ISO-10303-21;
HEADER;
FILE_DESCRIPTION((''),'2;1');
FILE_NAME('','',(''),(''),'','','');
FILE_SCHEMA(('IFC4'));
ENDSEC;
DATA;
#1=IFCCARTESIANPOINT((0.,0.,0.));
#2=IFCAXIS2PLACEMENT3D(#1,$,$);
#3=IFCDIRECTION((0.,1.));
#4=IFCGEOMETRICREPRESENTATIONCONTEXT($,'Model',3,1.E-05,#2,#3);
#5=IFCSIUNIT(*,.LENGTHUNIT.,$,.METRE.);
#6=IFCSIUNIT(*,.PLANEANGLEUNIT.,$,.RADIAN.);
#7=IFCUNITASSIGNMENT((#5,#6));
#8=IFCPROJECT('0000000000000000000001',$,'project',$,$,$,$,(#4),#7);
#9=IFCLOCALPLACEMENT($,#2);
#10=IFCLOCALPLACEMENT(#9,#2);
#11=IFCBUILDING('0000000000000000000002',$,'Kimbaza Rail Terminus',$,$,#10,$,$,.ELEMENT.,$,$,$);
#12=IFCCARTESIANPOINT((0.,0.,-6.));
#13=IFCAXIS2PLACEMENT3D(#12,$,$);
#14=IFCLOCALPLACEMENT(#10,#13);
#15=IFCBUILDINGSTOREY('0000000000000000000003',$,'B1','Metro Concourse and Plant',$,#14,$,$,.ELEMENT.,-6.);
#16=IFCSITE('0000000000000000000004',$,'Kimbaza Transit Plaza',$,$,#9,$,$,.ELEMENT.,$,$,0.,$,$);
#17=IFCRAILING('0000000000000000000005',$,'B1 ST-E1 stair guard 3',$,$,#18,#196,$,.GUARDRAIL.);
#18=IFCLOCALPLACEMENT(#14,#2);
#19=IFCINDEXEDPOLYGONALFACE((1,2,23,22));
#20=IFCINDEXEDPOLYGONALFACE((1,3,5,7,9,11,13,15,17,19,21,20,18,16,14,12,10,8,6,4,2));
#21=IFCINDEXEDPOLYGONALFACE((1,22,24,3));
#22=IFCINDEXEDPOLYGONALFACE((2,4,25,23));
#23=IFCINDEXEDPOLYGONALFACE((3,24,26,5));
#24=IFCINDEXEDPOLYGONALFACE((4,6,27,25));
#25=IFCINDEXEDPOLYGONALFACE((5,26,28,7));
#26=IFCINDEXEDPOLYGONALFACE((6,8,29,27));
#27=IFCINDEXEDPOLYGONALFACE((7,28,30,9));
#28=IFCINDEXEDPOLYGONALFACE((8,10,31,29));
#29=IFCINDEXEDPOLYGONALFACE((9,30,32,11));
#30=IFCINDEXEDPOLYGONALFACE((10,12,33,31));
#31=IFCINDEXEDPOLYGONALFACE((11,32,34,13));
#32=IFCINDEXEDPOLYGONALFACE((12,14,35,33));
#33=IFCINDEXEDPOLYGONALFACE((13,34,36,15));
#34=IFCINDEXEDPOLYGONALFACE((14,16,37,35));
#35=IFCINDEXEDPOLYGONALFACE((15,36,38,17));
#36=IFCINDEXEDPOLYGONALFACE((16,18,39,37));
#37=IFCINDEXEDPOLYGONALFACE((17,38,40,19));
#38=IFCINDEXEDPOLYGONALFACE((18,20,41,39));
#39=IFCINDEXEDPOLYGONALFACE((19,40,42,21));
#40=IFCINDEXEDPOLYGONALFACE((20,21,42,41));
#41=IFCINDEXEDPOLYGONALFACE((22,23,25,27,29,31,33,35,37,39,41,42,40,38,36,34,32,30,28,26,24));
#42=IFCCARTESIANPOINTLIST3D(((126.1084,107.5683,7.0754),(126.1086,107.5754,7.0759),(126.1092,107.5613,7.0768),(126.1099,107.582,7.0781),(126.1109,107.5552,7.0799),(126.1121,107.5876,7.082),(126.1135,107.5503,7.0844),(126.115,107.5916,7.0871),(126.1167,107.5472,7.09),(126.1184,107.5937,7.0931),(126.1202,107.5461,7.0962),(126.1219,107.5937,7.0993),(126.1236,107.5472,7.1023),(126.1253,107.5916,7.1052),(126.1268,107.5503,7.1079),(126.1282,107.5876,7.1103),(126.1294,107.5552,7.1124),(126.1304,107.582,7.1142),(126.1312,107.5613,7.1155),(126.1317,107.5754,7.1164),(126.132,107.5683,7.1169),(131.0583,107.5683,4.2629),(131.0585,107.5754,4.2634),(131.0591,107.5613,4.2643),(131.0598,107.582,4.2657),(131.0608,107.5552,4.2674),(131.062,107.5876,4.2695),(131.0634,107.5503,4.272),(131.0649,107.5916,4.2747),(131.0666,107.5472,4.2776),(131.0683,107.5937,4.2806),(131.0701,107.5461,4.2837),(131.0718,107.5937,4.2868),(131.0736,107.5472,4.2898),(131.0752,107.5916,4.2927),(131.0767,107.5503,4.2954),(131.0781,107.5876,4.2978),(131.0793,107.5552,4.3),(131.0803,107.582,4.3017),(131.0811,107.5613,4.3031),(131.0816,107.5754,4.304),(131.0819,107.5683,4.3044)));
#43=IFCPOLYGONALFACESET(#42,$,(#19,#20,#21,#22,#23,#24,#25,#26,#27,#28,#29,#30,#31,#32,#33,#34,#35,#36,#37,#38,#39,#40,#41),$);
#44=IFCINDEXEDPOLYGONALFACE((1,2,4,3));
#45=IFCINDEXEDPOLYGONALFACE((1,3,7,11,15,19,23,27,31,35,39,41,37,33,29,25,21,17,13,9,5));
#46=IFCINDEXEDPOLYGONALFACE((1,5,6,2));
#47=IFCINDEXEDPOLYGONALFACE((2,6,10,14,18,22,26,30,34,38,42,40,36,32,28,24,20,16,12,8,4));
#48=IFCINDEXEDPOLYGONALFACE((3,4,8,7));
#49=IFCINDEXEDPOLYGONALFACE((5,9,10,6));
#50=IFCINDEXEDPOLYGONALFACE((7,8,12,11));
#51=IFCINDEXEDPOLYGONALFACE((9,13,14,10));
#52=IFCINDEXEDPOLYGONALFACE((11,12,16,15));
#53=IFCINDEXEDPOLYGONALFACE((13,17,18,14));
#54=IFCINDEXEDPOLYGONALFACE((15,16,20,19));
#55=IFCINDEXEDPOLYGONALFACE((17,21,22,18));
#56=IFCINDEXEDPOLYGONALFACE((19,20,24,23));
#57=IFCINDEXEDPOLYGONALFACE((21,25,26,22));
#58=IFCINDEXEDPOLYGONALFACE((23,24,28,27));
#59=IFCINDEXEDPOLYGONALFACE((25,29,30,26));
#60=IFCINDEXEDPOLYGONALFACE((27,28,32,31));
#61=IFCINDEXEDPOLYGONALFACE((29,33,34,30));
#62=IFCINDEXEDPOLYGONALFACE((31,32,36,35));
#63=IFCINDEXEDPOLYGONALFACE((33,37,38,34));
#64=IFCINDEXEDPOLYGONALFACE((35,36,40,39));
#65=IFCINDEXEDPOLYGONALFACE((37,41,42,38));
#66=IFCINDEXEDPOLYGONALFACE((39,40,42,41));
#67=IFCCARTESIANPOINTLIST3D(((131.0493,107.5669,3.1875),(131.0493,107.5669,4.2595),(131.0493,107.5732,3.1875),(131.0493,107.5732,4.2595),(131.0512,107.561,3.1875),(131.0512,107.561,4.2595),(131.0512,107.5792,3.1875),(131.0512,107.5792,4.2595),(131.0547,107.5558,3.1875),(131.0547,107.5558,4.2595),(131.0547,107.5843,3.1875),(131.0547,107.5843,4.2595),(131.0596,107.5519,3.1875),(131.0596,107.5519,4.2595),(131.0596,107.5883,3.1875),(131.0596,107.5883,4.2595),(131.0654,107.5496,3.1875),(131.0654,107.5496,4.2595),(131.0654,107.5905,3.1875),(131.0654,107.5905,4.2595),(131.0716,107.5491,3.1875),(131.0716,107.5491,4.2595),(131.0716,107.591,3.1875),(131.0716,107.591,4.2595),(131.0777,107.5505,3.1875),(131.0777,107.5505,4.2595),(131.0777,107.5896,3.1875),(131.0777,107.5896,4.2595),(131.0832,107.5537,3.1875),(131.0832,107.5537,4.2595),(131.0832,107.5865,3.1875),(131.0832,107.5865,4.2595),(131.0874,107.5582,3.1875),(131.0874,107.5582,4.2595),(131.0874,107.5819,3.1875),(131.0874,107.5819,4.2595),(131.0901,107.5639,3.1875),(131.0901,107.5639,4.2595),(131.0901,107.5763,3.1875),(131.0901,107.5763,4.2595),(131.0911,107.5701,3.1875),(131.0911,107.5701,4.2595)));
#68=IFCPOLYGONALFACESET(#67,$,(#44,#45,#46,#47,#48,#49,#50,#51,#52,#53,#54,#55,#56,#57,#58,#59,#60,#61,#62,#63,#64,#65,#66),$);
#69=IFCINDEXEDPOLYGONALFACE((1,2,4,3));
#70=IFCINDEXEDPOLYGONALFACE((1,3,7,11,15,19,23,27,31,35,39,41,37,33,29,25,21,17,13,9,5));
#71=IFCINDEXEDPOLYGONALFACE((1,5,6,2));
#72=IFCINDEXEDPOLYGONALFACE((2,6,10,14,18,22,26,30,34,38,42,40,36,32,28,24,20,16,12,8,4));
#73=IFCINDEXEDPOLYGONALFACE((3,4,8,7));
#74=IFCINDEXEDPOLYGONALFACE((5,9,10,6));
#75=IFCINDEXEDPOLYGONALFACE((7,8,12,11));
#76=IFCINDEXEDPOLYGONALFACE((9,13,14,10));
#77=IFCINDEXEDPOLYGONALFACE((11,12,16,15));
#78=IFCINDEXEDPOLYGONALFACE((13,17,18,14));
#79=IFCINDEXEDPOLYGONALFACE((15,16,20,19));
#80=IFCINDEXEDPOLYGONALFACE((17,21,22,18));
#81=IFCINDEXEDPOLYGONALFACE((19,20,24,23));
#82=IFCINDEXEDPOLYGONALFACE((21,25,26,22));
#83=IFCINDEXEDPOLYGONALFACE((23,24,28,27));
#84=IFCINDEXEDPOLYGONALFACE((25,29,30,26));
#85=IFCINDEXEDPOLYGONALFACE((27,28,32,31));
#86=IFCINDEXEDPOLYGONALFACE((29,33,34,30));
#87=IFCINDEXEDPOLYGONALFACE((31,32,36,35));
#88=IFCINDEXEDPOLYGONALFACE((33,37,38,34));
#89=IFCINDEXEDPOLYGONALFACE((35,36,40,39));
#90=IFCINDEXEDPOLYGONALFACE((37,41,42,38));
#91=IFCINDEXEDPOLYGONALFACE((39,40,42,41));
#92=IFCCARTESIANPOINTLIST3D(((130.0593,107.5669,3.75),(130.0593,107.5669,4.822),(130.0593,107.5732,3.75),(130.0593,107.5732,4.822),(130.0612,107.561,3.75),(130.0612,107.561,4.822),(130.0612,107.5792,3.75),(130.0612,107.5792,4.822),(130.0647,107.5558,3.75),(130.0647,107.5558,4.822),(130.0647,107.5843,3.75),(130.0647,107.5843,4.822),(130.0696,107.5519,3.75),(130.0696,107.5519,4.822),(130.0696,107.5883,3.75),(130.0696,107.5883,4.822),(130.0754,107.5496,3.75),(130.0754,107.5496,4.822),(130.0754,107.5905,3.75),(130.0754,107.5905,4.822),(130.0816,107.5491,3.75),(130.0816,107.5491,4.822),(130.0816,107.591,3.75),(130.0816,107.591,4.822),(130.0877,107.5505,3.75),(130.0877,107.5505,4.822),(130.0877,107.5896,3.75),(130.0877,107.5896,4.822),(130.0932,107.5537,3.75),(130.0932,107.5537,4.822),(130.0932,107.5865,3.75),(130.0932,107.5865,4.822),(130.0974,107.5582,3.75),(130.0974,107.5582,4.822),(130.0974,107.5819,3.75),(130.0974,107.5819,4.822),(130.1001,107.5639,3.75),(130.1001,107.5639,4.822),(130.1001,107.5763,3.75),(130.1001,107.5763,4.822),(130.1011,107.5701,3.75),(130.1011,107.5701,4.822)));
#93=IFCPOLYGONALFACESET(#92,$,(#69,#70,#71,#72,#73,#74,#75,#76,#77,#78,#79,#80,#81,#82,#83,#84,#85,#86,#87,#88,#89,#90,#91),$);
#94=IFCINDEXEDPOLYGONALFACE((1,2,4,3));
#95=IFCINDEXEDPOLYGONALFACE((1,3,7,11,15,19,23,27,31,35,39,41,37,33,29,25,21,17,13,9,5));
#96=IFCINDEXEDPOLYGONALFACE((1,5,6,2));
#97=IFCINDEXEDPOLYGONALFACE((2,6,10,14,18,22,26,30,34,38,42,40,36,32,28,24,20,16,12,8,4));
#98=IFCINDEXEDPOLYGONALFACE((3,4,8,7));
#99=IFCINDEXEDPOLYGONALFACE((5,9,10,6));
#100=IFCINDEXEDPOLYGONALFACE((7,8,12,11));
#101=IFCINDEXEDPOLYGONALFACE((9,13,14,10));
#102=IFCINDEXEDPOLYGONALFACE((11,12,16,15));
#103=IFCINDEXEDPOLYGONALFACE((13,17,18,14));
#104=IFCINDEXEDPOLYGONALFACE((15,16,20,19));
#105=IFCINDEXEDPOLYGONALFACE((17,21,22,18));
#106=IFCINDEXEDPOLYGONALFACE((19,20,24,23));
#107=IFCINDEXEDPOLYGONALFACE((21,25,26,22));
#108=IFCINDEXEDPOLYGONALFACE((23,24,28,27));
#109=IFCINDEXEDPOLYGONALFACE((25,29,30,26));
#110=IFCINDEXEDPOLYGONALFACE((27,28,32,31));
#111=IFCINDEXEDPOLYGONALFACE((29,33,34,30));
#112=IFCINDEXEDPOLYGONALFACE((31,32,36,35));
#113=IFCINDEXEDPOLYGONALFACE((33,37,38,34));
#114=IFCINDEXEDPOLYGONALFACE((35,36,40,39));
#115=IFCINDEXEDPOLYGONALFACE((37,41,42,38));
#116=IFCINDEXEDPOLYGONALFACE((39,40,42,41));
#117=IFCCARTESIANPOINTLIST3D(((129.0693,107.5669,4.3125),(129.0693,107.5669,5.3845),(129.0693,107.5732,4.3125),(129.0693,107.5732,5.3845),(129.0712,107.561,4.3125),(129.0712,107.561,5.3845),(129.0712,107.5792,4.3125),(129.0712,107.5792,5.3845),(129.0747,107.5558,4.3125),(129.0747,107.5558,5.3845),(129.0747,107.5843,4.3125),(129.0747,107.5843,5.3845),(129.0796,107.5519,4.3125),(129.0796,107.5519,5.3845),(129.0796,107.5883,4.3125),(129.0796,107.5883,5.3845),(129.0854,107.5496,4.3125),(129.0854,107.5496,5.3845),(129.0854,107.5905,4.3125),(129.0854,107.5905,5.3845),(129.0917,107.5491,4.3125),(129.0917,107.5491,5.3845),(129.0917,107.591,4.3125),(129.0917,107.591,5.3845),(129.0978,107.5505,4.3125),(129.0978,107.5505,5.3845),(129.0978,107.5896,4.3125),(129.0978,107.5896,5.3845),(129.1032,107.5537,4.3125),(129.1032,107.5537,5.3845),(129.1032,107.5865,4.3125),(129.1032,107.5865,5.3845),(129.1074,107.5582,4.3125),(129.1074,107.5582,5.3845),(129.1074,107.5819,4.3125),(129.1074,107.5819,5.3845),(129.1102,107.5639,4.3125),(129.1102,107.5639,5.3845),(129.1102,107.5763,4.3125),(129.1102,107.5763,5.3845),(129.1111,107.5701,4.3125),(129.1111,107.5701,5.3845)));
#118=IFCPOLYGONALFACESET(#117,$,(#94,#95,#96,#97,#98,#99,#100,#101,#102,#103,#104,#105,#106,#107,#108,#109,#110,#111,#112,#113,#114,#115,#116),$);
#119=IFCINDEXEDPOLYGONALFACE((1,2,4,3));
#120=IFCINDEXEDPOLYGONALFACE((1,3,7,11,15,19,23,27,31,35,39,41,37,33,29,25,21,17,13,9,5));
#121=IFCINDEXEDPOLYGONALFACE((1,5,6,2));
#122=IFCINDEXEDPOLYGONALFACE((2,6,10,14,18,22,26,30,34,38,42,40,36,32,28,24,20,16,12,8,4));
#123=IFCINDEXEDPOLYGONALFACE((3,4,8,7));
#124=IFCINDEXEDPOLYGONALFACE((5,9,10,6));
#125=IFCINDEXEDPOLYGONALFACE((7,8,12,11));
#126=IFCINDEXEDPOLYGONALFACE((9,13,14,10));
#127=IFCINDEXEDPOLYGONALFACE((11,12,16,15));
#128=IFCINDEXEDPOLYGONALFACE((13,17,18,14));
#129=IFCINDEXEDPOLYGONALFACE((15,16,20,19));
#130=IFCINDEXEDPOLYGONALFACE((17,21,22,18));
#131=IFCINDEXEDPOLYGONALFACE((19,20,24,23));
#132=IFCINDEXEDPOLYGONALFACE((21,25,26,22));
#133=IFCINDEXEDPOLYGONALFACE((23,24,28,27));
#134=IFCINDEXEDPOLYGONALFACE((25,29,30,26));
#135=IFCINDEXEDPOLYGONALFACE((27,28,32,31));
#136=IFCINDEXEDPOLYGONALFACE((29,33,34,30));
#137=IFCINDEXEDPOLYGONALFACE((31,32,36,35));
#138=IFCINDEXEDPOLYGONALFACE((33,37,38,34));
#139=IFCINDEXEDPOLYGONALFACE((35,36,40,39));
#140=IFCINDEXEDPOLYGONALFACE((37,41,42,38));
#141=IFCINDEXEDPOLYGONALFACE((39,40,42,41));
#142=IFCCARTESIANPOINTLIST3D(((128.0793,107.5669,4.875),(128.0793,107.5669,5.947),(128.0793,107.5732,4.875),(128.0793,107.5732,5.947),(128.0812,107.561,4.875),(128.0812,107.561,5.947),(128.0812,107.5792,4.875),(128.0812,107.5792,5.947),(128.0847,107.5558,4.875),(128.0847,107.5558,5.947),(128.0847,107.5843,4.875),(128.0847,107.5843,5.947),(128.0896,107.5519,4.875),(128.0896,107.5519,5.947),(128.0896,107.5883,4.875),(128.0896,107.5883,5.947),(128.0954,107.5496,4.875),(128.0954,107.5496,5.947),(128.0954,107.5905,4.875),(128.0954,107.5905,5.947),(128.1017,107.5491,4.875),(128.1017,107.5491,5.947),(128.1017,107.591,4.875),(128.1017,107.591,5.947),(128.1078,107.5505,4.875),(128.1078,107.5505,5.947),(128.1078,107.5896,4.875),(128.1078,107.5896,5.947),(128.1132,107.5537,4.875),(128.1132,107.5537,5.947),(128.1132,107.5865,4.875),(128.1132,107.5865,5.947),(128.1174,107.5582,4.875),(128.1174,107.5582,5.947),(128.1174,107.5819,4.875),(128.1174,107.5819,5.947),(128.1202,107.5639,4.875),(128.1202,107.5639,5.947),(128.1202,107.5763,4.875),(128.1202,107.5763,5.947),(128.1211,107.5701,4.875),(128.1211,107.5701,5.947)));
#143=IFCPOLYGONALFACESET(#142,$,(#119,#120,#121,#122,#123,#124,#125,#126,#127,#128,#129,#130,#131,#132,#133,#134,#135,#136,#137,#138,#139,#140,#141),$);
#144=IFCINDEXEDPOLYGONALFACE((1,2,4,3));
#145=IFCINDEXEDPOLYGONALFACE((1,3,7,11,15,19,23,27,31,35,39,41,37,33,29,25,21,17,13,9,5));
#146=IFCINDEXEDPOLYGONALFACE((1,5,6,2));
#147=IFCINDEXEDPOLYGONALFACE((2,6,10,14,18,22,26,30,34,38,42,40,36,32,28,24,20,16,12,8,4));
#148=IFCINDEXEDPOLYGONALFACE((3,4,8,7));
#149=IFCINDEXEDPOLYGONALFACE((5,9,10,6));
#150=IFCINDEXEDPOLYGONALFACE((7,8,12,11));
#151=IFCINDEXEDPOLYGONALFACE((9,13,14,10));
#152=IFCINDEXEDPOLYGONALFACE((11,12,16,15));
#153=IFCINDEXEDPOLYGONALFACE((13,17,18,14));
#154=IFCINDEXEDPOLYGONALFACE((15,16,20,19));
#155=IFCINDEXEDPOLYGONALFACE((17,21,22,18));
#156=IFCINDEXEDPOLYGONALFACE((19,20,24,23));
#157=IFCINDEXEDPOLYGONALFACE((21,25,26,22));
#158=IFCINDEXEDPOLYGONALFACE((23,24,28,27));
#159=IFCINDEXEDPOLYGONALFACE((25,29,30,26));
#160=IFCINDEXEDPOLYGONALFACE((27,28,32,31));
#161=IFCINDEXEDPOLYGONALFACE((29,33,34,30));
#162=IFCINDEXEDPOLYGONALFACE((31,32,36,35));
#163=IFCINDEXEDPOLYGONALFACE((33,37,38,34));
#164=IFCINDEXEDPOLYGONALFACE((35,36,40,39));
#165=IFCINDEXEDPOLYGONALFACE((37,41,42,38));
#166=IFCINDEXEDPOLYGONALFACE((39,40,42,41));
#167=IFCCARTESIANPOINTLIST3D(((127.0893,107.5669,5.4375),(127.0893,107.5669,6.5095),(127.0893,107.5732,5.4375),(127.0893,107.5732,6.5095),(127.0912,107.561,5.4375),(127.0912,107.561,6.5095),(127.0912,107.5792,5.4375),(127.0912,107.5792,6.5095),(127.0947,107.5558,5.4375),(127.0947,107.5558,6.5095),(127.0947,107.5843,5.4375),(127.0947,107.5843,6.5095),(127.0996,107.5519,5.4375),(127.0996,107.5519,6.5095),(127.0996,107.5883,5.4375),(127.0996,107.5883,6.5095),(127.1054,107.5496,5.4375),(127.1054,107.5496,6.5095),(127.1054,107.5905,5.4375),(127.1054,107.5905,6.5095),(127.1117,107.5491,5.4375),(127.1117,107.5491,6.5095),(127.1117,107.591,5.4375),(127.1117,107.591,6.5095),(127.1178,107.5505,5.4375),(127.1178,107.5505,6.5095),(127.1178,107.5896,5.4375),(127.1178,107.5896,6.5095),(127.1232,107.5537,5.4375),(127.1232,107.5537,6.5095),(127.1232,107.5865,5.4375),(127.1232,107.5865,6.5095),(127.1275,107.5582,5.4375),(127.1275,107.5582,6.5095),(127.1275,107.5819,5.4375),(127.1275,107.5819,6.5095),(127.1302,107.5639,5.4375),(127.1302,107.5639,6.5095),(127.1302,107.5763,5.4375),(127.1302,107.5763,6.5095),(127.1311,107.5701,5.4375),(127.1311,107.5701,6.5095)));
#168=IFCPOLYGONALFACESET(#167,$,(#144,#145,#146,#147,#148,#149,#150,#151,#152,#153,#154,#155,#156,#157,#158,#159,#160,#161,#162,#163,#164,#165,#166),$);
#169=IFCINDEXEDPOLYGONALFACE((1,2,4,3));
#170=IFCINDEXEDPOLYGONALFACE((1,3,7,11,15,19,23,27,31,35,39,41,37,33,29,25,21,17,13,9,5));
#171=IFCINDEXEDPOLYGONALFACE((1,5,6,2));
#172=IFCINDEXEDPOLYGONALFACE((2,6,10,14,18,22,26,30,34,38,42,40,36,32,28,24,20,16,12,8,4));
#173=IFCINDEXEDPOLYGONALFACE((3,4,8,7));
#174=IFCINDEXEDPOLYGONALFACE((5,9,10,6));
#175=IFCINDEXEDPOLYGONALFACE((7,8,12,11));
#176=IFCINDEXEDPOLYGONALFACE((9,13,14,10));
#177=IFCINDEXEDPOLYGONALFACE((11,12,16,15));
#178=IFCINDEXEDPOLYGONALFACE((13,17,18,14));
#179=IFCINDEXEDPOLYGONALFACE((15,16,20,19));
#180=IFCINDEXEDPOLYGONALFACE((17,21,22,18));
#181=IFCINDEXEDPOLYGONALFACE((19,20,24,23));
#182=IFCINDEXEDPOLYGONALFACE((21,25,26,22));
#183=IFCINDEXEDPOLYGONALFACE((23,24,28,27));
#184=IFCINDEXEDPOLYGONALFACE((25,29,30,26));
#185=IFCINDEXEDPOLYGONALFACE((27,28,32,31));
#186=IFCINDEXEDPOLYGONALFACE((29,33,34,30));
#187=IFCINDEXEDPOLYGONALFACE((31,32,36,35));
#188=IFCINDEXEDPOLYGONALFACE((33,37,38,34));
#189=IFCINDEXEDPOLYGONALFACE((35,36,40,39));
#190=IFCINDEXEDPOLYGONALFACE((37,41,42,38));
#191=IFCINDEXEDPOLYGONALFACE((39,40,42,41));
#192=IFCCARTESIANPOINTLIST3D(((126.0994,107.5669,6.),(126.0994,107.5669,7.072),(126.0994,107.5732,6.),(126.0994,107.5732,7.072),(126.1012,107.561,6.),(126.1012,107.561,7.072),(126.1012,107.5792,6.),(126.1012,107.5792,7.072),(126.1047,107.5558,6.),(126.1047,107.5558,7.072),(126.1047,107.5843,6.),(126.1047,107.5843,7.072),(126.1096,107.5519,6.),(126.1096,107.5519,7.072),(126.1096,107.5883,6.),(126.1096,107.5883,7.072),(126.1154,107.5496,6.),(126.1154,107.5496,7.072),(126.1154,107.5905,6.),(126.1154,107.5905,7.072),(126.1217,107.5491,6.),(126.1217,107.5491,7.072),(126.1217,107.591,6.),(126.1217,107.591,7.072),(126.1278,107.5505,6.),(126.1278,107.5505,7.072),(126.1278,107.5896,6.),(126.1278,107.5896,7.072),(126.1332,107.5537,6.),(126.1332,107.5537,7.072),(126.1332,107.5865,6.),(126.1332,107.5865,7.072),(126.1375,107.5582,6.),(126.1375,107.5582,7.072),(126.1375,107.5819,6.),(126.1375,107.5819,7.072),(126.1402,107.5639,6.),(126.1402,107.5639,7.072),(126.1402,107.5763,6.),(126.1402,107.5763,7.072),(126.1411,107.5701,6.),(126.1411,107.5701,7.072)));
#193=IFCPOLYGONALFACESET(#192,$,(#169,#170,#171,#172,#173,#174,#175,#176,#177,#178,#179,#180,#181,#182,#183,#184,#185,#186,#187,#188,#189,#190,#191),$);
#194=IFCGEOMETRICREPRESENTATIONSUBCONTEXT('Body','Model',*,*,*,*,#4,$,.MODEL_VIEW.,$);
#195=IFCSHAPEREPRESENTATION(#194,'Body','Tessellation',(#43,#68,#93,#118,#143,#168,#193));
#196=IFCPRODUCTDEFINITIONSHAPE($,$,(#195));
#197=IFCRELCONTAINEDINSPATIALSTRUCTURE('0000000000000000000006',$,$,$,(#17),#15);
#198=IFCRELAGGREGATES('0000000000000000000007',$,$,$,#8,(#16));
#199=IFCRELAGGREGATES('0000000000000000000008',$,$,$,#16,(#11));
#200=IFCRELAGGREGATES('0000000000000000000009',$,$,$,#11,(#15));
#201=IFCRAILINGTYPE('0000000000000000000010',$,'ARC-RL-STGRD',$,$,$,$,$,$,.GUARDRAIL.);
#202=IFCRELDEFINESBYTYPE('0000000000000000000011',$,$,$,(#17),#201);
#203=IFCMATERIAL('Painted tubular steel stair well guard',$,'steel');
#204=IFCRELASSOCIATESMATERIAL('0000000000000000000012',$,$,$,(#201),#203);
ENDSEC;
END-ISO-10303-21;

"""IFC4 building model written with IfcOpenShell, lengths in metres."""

from ifc_helpers import new_model, si_unit, direction, frame, origin, origin_2d, place, context, subcontext, project, spatial, circle, extrude, material, type_object, element, save


model = new_model("IFC4")

# Units and contexts
model_context = context("Model", 3, precision=1e-05, world=origin(), true_north=direction((0.0, 1.0)))
body_context = subcontext(model_context, "Body", "Model", "MODEL_VIEW")
ifc_project = project(units=[si_unit("LENGTHUNIT", "METRE"), si_unit("PLANEANGLEUNIT", "RADIAN")], contexts=[model_context])

# Site, building, storey
site_placement = place(None, origin())
site = spatial("IfcSite", under=ifc_project, at=site_placement, Name="Kimbaza Transit Plaza", CompositionType="ELEMENT", RefElevation=0.0)
building_placement = place(site_placement, origin())
building = spatial("IfcBuilding", under=site, at=building_placement, Name="Kimbaza Rail Terminus", CompositionType="ELEMENT")
storey_placement = place(building_placement, frame((0.0, 0.0, -6.0)))
storey = spatial("IfcBuildingStorey", under=building, at=storey_placement, Name="B1", Description="Metro Concourse and Plant", CompositionType="ELEMENT", Elevation=-6.0)

# Railing
ifc_material_1 = material(Name="Painted tubular steel stair well guard", Category="steel")
railing_type_1 = type_object("IfcRailingType", Name="ARC-RL-STGRD", PredefinedType="GUARDRAIL", material=ifc_material_1)
railing_1_placement = place(storey_placement, frame((131.0701, 107.5701, 3.1875)))
element("IfcRailing", 1, at=railing_1_placement, inside=storey, type_object=railing_type_1, Name="B1 ST-E1 stair guard 3", PredefinedType="GUARDRAIL", context=body_context, shape_type="SweptSolid", body=[
    extrude(circle(Radius=0.0239, at=origin_2d()), frame((0.0, 0.0, 1.0962), z_axis=(-0.869454, 0.0, 0.494013), x_axis=(0.0, -1.0, 0.0)), (0.0, 0.0, 1.0), 5.6931),
    extrude(circle(Radius=0.021, at=origin_2d()), origin(), (0.0, 0.0, 1.0), 1.072),
    extrude(circle(Radius=0.021, at=origin_2d()), frame((-0.99, 0.0, 0.5625)), (0.0, 0.0, 1.0), 1.072),
    extrude(circle(Radius=0.021, at=origin_2d()), frame((-1.98, 0.0, 1.125)), (0.0, 0.0, 1.0), 1.072),
    extrude(circle(Radius=0.021, at=origin_2d()), frame((-2.97, 0.0, 1.6875)), (0.0, 0.0, 1.0), 1.072),
    extrude(circle(Radius=0.021, at=origin_2d()), frame((-3.96, 0.0, 2.25)), (0.0, 0.0, 1.0), 1.072),
    extrude(circle(Radius=0.021, at=origin_2d()), frame((-4.95, 0.0, 2.8125)), (0.0, 0.0, 1.0), 1.072),
])

save(model, "model.ifc")
